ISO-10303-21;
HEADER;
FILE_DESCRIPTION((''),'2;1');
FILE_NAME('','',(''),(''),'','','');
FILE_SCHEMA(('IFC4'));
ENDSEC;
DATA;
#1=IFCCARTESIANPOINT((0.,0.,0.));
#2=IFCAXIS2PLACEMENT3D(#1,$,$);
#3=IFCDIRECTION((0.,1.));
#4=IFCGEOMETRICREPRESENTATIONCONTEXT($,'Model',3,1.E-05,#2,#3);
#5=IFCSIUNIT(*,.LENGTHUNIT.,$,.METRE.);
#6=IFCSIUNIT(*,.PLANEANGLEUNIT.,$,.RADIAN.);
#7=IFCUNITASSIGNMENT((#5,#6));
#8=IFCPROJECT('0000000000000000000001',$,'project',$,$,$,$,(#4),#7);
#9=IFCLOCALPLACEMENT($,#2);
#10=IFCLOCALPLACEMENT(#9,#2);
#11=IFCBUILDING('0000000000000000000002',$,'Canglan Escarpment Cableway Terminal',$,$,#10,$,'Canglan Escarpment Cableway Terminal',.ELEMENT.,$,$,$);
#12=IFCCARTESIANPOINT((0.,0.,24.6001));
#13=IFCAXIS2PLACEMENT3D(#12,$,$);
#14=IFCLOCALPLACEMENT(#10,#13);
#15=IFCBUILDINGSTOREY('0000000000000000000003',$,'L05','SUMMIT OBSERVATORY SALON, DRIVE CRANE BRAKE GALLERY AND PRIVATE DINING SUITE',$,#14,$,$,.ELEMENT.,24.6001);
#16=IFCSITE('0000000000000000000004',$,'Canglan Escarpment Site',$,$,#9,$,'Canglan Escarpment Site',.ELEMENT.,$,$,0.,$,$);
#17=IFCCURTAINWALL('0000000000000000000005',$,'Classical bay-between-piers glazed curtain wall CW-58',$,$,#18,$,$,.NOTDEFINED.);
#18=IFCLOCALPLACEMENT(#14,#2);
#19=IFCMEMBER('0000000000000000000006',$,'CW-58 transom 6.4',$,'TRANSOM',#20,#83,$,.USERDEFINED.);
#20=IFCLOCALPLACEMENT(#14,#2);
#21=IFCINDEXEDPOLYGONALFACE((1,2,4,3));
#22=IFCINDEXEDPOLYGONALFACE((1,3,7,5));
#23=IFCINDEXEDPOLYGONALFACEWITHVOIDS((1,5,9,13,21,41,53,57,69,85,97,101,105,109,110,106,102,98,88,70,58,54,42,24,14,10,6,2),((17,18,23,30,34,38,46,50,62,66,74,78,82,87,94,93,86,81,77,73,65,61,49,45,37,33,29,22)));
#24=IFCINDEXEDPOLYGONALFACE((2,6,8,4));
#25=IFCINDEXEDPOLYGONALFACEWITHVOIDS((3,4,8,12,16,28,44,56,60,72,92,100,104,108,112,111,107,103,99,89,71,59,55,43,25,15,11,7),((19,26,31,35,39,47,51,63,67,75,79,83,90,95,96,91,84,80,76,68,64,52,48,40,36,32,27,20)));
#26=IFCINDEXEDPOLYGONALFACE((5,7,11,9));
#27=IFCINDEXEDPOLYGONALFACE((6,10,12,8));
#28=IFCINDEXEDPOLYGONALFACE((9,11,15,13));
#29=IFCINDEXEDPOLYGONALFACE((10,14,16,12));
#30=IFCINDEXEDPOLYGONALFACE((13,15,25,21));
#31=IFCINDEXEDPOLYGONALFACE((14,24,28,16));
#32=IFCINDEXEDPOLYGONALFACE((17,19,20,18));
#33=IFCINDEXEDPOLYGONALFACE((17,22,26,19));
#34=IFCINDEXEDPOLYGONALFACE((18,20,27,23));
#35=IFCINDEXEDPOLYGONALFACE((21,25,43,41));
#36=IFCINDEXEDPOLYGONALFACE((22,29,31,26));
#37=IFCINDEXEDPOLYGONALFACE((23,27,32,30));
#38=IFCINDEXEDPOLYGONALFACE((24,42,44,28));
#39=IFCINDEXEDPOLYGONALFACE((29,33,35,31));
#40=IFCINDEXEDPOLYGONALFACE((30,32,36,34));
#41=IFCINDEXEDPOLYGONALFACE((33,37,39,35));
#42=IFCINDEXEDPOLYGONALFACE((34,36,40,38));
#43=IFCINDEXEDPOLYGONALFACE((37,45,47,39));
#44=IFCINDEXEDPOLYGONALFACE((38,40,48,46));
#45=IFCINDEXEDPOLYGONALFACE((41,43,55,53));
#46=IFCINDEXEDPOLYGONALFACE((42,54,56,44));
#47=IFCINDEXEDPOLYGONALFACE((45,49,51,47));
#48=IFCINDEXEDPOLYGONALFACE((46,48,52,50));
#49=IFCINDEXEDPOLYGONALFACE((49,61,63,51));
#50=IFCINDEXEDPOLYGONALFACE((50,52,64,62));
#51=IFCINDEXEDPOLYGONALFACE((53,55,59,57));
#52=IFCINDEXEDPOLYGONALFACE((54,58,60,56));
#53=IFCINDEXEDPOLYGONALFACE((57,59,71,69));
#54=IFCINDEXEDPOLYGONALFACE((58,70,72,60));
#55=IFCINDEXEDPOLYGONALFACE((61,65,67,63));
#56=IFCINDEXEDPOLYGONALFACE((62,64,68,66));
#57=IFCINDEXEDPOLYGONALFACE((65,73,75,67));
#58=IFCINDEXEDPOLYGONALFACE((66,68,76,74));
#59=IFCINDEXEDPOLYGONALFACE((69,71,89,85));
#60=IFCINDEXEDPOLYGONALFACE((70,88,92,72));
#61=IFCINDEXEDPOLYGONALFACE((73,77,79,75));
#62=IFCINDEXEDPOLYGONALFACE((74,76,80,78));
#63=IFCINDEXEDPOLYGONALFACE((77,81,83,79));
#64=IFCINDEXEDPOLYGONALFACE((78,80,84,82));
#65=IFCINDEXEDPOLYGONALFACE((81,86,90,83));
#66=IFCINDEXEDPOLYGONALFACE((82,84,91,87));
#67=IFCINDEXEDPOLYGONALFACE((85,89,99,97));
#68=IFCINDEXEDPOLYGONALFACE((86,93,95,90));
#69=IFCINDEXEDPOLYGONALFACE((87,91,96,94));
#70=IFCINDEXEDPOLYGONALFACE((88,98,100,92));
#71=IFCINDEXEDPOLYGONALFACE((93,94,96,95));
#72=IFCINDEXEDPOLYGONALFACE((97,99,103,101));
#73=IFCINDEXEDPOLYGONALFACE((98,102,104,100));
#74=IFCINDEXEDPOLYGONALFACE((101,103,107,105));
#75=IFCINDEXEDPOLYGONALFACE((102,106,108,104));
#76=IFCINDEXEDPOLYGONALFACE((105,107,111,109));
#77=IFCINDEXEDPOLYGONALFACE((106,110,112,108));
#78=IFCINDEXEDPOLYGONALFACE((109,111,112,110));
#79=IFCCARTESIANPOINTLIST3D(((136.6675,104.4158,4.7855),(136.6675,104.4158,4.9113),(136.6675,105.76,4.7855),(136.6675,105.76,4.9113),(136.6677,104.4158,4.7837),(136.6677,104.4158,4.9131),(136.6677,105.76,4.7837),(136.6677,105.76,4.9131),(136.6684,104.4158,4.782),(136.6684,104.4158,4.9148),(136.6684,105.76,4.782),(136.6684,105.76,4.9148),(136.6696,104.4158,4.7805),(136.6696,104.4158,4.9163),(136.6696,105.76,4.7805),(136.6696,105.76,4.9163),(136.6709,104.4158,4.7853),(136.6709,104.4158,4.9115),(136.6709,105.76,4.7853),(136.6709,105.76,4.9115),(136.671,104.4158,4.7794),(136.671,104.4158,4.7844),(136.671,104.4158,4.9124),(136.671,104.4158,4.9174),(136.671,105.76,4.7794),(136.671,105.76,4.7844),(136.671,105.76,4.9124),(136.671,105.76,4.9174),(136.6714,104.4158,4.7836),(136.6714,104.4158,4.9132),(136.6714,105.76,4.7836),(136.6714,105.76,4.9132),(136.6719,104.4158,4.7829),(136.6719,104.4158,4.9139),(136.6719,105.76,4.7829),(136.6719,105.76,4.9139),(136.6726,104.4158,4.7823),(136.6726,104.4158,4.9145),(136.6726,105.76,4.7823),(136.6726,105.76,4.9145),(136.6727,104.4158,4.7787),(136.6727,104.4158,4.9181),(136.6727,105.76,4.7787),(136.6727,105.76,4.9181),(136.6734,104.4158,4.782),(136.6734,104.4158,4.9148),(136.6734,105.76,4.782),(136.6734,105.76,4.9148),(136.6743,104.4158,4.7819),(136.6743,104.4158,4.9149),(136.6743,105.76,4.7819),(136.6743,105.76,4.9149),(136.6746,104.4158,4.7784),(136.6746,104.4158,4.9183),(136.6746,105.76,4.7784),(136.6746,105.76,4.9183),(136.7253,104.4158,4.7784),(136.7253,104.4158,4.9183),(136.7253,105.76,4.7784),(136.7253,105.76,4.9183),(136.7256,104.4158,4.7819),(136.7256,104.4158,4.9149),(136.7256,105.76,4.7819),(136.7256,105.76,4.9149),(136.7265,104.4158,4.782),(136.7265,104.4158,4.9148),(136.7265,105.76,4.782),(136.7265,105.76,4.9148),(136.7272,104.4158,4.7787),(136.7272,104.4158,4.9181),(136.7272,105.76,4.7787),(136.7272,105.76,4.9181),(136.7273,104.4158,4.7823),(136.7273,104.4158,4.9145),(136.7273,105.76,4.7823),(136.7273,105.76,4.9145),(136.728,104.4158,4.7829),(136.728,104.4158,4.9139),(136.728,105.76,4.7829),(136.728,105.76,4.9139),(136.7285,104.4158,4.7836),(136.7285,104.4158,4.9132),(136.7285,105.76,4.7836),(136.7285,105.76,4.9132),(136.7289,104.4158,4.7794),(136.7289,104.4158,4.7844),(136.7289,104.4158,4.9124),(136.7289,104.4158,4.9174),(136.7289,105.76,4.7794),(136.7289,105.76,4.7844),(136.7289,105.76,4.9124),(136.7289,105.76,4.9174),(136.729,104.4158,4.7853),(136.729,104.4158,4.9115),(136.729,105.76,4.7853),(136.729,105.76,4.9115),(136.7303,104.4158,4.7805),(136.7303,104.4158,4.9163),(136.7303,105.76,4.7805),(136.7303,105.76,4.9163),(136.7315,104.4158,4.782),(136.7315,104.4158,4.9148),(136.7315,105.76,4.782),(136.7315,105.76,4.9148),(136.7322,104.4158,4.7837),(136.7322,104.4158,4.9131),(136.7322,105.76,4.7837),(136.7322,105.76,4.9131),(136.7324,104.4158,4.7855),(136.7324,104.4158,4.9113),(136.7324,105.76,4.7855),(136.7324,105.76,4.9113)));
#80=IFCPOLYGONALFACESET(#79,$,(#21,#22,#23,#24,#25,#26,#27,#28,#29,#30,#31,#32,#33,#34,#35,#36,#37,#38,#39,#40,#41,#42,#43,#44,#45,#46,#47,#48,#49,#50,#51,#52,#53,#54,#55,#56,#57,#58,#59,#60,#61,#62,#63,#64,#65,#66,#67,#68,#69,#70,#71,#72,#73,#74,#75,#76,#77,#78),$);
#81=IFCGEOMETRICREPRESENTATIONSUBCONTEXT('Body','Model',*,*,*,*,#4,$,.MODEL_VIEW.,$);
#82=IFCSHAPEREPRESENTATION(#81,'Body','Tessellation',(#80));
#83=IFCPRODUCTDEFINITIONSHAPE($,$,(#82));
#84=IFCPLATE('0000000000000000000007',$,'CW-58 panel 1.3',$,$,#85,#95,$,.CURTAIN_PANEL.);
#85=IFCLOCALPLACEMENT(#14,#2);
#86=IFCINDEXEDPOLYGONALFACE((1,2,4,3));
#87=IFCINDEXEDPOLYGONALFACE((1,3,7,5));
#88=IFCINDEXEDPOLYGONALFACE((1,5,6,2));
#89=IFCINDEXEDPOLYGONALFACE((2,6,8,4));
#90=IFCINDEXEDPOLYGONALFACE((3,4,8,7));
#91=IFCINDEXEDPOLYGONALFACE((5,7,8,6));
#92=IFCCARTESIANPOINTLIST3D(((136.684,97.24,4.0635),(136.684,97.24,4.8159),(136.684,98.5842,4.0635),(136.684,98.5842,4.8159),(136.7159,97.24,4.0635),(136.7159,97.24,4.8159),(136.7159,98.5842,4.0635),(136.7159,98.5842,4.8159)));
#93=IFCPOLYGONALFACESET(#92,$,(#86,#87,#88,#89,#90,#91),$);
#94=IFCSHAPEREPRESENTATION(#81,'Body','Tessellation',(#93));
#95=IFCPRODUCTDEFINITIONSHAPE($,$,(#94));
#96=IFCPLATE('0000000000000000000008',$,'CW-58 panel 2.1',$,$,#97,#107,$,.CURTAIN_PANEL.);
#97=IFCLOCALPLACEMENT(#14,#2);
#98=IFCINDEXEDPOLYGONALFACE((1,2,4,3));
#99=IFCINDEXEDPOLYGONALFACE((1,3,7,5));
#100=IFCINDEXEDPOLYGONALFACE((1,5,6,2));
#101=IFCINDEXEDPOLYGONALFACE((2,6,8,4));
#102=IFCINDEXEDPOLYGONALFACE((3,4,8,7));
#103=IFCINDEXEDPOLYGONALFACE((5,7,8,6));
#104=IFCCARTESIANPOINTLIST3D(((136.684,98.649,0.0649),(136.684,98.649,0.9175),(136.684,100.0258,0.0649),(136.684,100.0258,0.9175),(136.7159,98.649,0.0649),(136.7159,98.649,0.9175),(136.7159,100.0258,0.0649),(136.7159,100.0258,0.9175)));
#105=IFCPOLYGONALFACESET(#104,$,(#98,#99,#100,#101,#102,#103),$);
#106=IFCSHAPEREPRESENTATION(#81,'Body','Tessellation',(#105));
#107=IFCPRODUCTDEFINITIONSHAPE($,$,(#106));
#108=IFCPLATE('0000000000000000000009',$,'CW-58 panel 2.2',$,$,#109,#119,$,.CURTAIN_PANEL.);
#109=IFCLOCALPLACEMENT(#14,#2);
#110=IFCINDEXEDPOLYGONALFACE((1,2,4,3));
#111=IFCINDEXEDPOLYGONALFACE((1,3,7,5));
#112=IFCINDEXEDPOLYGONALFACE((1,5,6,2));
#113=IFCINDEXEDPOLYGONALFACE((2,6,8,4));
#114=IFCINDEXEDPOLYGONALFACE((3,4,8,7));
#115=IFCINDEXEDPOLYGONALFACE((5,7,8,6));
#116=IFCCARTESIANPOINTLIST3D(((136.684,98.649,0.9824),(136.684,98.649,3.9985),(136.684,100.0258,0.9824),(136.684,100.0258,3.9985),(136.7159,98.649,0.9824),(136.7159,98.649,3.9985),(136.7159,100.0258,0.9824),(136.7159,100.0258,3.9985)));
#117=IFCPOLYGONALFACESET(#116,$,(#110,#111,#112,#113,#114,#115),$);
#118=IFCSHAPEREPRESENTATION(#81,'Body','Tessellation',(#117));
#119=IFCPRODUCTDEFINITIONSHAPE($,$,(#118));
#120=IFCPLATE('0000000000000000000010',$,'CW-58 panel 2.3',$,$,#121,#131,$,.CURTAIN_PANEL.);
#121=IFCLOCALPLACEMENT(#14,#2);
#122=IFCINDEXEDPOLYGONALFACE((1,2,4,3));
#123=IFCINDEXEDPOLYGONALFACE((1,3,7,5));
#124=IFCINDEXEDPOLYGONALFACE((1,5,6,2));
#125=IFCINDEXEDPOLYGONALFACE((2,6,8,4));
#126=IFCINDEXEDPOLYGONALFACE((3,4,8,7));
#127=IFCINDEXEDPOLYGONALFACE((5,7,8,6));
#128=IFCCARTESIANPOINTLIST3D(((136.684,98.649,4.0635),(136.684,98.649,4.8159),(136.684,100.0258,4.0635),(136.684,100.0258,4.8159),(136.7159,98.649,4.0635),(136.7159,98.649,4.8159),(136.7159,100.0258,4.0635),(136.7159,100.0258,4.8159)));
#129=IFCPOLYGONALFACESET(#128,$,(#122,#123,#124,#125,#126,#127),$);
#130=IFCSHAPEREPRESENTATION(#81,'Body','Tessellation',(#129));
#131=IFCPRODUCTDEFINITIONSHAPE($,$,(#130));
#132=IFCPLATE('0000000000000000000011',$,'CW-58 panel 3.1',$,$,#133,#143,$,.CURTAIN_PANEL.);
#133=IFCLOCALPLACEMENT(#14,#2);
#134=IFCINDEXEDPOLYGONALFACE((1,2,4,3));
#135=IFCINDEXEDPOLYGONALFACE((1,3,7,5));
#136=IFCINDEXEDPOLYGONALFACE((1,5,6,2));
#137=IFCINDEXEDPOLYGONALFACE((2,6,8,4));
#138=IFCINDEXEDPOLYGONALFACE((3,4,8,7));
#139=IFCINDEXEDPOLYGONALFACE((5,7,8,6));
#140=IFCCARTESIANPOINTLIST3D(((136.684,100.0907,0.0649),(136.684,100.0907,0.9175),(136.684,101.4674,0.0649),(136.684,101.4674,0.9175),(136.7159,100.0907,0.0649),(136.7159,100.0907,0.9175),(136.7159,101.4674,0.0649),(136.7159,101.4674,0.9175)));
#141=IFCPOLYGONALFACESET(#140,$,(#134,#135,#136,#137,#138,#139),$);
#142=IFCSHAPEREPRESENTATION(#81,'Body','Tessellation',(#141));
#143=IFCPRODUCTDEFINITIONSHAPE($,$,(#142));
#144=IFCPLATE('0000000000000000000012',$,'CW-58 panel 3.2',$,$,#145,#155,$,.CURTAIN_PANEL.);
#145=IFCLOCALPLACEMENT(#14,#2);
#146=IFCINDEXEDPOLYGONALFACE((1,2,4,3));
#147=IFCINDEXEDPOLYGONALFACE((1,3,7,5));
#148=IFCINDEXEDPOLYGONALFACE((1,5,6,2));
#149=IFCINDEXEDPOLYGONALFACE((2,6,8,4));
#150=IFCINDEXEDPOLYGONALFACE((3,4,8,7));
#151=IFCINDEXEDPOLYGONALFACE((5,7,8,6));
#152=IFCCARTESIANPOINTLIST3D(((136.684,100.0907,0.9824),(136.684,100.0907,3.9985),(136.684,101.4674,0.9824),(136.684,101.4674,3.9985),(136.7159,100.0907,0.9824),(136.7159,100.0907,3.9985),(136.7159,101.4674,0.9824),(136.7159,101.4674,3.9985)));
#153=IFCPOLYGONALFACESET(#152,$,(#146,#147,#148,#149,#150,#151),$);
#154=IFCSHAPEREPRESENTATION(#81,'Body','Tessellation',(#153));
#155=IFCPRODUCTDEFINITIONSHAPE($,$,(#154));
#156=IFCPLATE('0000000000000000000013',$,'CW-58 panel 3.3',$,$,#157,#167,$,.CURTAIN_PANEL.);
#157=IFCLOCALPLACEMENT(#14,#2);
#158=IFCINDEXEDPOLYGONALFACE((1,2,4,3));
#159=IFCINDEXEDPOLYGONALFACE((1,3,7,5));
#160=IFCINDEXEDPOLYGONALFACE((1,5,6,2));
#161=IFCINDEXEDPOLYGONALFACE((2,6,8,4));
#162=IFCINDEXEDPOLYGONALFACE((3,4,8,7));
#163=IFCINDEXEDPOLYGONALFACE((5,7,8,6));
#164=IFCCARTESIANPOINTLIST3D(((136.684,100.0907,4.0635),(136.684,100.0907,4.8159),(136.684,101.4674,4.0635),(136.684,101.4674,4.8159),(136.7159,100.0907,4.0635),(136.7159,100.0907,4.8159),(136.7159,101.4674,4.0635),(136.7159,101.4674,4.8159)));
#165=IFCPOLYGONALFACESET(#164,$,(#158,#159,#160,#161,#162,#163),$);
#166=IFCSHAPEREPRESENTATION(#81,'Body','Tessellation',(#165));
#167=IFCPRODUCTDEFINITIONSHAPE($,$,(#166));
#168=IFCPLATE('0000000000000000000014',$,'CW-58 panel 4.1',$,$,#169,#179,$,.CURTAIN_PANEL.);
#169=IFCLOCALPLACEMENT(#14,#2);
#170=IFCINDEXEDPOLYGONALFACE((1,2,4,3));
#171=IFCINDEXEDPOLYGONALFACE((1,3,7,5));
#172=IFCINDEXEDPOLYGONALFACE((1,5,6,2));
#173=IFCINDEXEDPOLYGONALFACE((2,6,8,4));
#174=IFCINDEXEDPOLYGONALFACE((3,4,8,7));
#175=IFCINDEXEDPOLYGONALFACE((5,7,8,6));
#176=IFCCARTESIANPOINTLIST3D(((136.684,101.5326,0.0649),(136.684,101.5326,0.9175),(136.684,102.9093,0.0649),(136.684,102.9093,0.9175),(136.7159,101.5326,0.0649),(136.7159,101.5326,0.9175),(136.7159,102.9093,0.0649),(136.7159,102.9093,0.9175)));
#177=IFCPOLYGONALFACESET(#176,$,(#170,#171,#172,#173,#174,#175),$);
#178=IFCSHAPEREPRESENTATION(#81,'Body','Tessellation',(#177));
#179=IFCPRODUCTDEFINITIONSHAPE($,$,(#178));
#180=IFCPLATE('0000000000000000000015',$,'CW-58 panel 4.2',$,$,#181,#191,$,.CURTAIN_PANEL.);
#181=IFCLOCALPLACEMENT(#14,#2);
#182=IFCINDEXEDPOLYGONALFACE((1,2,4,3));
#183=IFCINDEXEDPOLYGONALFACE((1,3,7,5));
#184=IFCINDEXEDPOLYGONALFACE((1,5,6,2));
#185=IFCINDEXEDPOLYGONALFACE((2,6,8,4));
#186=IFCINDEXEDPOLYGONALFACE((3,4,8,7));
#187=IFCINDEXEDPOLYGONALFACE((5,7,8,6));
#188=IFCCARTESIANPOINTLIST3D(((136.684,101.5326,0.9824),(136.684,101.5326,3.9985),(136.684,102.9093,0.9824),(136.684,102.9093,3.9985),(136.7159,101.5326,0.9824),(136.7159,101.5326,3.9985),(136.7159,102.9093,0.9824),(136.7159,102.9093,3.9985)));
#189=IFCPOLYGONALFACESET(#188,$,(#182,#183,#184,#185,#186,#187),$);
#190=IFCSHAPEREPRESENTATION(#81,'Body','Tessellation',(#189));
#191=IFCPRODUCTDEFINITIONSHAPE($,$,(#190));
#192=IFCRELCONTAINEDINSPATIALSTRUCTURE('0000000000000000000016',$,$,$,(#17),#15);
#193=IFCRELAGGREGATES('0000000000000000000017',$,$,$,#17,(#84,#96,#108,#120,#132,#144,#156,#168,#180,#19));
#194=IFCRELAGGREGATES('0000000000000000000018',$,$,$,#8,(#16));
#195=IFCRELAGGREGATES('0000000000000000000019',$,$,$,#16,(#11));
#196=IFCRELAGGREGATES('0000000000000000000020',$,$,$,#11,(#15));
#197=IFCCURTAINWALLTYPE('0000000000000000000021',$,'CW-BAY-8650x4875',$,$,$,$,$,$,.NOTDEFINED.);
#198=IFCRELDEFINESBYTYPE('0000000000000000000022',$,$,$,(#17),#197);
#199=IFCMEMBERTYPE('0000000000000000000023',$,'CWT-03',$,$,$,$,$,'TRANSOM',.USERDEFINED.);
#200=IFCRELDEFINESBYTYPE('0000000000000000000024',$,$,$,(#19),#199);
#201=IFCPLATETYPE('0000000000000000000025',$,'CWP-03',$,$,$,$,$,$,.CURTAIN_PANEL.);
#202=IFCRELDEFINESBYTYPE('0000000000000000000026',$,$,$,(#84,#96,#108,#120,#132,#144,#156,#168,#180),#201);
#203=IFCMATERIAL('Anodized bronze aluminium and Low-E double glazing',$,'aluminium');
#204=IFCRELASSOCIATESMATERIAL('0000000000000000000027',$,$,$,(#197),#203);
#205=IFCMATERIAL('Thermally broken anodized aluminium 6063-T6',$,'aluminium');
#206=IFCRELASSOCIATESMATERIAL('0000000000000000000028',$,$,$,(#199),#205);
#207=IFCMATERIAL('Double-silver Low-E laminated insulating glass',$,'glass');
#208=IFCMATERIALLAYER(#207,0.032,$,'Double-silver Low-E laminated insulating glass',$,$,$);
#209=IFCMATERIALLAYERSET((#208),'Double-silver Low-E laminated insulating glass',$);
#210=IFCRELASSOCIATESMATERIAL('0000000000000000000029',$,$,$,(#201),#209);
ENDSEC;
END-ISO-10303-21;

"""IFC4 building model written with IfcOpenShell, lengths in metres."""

from ifc_helpers import new_model, si_unit, direction, frame, origin, origin_2d, place, context, subcontext, project, spatial, rectangle, hollow_rectangle, extrude, material, layer, layer_set, material_profile, profile_set, type_object, element, aggregate, save


model = new_model("IFC4")

# Units and contexts
model_context = context("Model", 3, precision=1e-05, world=origin(), true_north=direction((0.0, 1.0)))
body_context = subcontext(model_context, "Body", "Model", "MODEL_VIEW")
ifc_project = project(units=[si_unit("LENGTHUNIT", "METRE"), si_unit("PLANEANGLEUNIT", "RADIAN")], contexts=[model_context])

# Site, building, storey
site_placement = place(None, origin())
site = spatial("IfcSite", under=ifc_project, at=site_placement, Name="Canglan Escarpment Site", LongName="Canglan Escarpment Site", CompositionType="ELEMENT", RefElevation=0.0)
building_placement = place(site_placement, origin())
building = spatial("IfcBuilding", under=site, at=building_placement, Name="Canglan Escarpment Cableway Terminal", LongName="Canglan Escarpment Cableway Terminal", CompositionType="ELEMENT")
storey_placement = place(building_placement, frame((0.0, 0.0, 24.6001)))
storey = spatial("IfcBuildingStorey", under=building, at=storey_placement, Name="L05", Description="SUMMIT OBSERVATORY SALON, DRIVE CRANE BRAKE GALLERY AND PRIVATE DINING SUITE", CompositionType="ELEMENT", Elevation=24.6001)

# Curtain wall, member, plates
ifc_material_1 = material(Name="Anodized bronze aluminium and Low-E double glazing", Category="aluminium")
curtain_wall_type = type_object("IfcCurtainWallType", Name="CW-BAY-8650x4875", PredefinedType="NOTDEFINED", material=ifc_material_1)
curtain_wall_placement = place(storey_placement, origin())
curtain_wall = element("IfcCurtainWall", 1, at=curtain_wall_placement, inside=storey, type_object=curtain_wall_type, Name="Classical bay-between-piers glazed curtain wall CW-58", PredefinedType="NOTDEFINED")
ifc_material_2 = material(Name="Thermally broken anodized aluminium 6063-T6", Category="aluminium")
ifc_material_profile_1 = material_profile(ifc_material_2, hollow_rectangle(XDim=0.0649, YDim=0.1399, WallThickness=0.0034, InnerFilletRadius=0.0034, OuterFilletRadius=0.0071, at=origin_2d()), Name="ALU-TRAN 65x140x3.5")
ifc_profile_set_1 = profile_set([ifc_material_profile_1], Name="Thermally broken anodized aluminium 6063-T6")
member_type_1 = type_object("IfcMemberType", Name="CWT-03", ElementType="TRANSOM", PredefinedType="USERDEFINED", material=ifc_profile_set_1)
member_1_placement = place(storey_placement, frame((136.7, 104.4158, 4.8484), z_axis=(0.0, 1.0, 0.0), x_axis=(-1.0, 0.0, 0.0)))
member_1 = element("IfcMember", 2, at=member_1_placement, type_object=member_type_1, Name="CW-58 transom 6.4", ObjectType="TRANSOM", PredefinedType="USERDEFINED", context=body_context, shape_type="SweptSolid", body=[
    extrude(hollow_rectangle(XDim=0.0649, YDim=0.1399, WallThickness=0.0034, InnerFilletRadius=0.0034, OuterFilletRadius=0.0071, at=origin_2d()), origin(), (0.0, 0.0, 1.0), 1.3442),
])
ifc_material_3 = material(Name="Double-silver Low-E laminated insulating glass", Category="glass")
ifc_layer = layer(ifc_material_3, 0.032, Name="Double-silver Low-E laminated insulating glass")
ifc_layer_set = layer_set([ifc_layer], Name="Double-silver Low-E laminated insulating glass")
plate_type = type_object("IfcPlateType", Name="CWP-03", PredefinedType="CURTAIN_PANEL", material=ifc_layer_set)
plate_1_placement = place(storey_placement, frame((136.7, 97.9121, 4.0635), z_axis=(0.0, 0.0, 1.0), x_axis=(0.0, 1.0, 0.0)))
plate_1 = element("IfcPlate", 3, at=plate_1_placement, type_object=plate_type, Name="CW-58 panel 1.3", PredefinedType="CURTAIN_PANEL", context=body_context, shape_type="SweptSolid", body=[
    extrude(rectangle(XDim=1.3442, YDim=0.032, at=origin_2d()), origin(), (0.0, 0.0, 1.0), 0.7524),
])
plate_2_placement = place(storey_placement, frame((136.7, 99.3374, 0.0649), z_axis=(0.0, 0.0, 1.0), x_axis=(0.0, 1.0, 0.0)))
plate_2 = element("IfcPlate", 4, at=plate_2_placement, type_object=plate_type, Name="CW-58 panel 2.1", PredefinedType="CURTAIN_PANEL", context=body_context, shape_type="SweptSolid", body=[
    extrude(rectangle(XDim=1.3767, YDim=0.032, at=origin_2d()), origin(), (0.0, 0.0, 1.0), 0.8525),
])
plate_3_placement = place(storey_placement, frame((136.7, 99.3374, 0.9824), z_axis=(0.0, 0.0, 1.0), x_axis=(0.0, 1.0, 0.0)))
plate_3 = element("IfcPlate", 5, at=plate_3_placement, type_object=plate_type, Name="CW-58 panel 2.2", PredefinedType="CURTAIN_PANEL", context=body_context, shape_type="SweptSolid", body=[
    extrude(rectangle(XDim=1.3767, YDim=0.032, at=origin_2d()), origin(), (0.0, 0.0, 1.0), 3.0161),
])
plate_4_placement = place(storey_placement, frame((136.7, 99.3374, 4.0635), z_axis=(0.0, 0.0, 1.0), x_axis=(0.0, 1.0, 0.0)))
plate_4 = element("IfcPlate", 6, at=plate_4_placement, type_object=plate_type, Name="CW-58 panel 2.3", PredefinedType="CURTAIN_PANEL", context=body_context, shape_type="SweptSolid", body=[
    extrude(rectangle(XDim=1.3767, YDim=0.032, at=origin_2d()), origin(), (0.0, 0.0, 1.0), 0.7524),
])
plate_5_placement = place(storey_placement, frame((136.7, 100.7791, 0.0649), z_axis=(0.0, 0.0, 1.0), x_axis=(0.0, 1.0, 0.0)))
plate_5 = element("IfcPlate", 7, at=plate_5_placement, type_object=plate_type, Name="CW-58 panel 3.1", PredefinedType="CURTAIN_PANEL", context=body_context, shape_type="SweptSolid", body=[
    extrude(rectangle(XDim=1.3767, YDim=0.032, at=origin_2d()), origin(), (0.0, 0.0, 1.0), 0.8525),
])
plate_6_placement = place(storey_placement, frame((136.7, 100.7791, 0.9824), z_axis=(0.0, 0.0, 1.0), x_axis=(0.0, 1.0, 0.0)))
plate_6 = element("IfcPlate", 8, at=plate_6_placement, type_object=plate_type, Name="CW-58 panel 3.2", PredefinedType="CURTAIN_PANEL", context=body_context, shape_type="SweptSolid", body=[
    extrude(rectangle(XDim=1.3767, YDim=0.032, at=origin_2d()), origin(), (0.0, 0.0, 1.0), 3.0161),
])
plate_7_placement = place(storey_placement, frame((136.7, 100.7791, 4.0635), z_axis=(0.0, 0.0, 1.0), x_axis=(0.0, 1.0, 0.0)))
plate_7 = element("IfcPlate", 9, at=plate_7_placement, type_object=plate_type, Name="CW-58 panel 3.3", PredefinedType="CURTAIN_PANEL", context=body_context, shape_type="SweptSolid", body=[
    extrude(rectangle(XDim=1.3767, YDim=0.032, at=origin_2d()), origin(), (0.0, 0.0, 1.0), 0.7524),
])
plate_8_placement = place(storey_placement, frame((136.7, 102.2209, 0.0649), z_axis=(0.0, 0.0, 1.0), x_axis=(0.0, 1.0, 0.0)))
plate_8 = element("IfcPlate", 10, at=plate_8_placement, type_object=plate_type, Name="CW-58 panel 4.1", PredefinedType="CURTAIN_PANEL", context=body_context, shape_type="SweptSolid", body=[
    extrude(rectangle(XDim=1.3767, YDim=0.032, at=origin_2d()), origin(), (0.0, 0.0, 1.0), 0.8525),
])
plate_9_placement = place(storey_placement, frame((136.7, 102.2209, 0.9824), z_axis=(0.0, 0.0, 1.0), x_axis=(0.0, 1.0, 0.0)))
plate_9 = element("IfcPlate", 11, at=plate_9_placement, type_object=plate_type, Name="CW-58 panel 4.2", PredefinedType="CURTAIN_PANEL", context=body_context, shape_type="SweptSolid", body=[
    extrude(rectangle(XDim=1.3767, YDim=0.032, at=origin_2d()), origin(), (0.0, 0.0, 1.0), 3.0161),
])
aggregate(curtain_wall, [plate_1, plate_2, plate_3, plate_4, plate_5, plate_6, plate_7, plate_8, plate_9, member_1])

save(model, "model.ifc")
